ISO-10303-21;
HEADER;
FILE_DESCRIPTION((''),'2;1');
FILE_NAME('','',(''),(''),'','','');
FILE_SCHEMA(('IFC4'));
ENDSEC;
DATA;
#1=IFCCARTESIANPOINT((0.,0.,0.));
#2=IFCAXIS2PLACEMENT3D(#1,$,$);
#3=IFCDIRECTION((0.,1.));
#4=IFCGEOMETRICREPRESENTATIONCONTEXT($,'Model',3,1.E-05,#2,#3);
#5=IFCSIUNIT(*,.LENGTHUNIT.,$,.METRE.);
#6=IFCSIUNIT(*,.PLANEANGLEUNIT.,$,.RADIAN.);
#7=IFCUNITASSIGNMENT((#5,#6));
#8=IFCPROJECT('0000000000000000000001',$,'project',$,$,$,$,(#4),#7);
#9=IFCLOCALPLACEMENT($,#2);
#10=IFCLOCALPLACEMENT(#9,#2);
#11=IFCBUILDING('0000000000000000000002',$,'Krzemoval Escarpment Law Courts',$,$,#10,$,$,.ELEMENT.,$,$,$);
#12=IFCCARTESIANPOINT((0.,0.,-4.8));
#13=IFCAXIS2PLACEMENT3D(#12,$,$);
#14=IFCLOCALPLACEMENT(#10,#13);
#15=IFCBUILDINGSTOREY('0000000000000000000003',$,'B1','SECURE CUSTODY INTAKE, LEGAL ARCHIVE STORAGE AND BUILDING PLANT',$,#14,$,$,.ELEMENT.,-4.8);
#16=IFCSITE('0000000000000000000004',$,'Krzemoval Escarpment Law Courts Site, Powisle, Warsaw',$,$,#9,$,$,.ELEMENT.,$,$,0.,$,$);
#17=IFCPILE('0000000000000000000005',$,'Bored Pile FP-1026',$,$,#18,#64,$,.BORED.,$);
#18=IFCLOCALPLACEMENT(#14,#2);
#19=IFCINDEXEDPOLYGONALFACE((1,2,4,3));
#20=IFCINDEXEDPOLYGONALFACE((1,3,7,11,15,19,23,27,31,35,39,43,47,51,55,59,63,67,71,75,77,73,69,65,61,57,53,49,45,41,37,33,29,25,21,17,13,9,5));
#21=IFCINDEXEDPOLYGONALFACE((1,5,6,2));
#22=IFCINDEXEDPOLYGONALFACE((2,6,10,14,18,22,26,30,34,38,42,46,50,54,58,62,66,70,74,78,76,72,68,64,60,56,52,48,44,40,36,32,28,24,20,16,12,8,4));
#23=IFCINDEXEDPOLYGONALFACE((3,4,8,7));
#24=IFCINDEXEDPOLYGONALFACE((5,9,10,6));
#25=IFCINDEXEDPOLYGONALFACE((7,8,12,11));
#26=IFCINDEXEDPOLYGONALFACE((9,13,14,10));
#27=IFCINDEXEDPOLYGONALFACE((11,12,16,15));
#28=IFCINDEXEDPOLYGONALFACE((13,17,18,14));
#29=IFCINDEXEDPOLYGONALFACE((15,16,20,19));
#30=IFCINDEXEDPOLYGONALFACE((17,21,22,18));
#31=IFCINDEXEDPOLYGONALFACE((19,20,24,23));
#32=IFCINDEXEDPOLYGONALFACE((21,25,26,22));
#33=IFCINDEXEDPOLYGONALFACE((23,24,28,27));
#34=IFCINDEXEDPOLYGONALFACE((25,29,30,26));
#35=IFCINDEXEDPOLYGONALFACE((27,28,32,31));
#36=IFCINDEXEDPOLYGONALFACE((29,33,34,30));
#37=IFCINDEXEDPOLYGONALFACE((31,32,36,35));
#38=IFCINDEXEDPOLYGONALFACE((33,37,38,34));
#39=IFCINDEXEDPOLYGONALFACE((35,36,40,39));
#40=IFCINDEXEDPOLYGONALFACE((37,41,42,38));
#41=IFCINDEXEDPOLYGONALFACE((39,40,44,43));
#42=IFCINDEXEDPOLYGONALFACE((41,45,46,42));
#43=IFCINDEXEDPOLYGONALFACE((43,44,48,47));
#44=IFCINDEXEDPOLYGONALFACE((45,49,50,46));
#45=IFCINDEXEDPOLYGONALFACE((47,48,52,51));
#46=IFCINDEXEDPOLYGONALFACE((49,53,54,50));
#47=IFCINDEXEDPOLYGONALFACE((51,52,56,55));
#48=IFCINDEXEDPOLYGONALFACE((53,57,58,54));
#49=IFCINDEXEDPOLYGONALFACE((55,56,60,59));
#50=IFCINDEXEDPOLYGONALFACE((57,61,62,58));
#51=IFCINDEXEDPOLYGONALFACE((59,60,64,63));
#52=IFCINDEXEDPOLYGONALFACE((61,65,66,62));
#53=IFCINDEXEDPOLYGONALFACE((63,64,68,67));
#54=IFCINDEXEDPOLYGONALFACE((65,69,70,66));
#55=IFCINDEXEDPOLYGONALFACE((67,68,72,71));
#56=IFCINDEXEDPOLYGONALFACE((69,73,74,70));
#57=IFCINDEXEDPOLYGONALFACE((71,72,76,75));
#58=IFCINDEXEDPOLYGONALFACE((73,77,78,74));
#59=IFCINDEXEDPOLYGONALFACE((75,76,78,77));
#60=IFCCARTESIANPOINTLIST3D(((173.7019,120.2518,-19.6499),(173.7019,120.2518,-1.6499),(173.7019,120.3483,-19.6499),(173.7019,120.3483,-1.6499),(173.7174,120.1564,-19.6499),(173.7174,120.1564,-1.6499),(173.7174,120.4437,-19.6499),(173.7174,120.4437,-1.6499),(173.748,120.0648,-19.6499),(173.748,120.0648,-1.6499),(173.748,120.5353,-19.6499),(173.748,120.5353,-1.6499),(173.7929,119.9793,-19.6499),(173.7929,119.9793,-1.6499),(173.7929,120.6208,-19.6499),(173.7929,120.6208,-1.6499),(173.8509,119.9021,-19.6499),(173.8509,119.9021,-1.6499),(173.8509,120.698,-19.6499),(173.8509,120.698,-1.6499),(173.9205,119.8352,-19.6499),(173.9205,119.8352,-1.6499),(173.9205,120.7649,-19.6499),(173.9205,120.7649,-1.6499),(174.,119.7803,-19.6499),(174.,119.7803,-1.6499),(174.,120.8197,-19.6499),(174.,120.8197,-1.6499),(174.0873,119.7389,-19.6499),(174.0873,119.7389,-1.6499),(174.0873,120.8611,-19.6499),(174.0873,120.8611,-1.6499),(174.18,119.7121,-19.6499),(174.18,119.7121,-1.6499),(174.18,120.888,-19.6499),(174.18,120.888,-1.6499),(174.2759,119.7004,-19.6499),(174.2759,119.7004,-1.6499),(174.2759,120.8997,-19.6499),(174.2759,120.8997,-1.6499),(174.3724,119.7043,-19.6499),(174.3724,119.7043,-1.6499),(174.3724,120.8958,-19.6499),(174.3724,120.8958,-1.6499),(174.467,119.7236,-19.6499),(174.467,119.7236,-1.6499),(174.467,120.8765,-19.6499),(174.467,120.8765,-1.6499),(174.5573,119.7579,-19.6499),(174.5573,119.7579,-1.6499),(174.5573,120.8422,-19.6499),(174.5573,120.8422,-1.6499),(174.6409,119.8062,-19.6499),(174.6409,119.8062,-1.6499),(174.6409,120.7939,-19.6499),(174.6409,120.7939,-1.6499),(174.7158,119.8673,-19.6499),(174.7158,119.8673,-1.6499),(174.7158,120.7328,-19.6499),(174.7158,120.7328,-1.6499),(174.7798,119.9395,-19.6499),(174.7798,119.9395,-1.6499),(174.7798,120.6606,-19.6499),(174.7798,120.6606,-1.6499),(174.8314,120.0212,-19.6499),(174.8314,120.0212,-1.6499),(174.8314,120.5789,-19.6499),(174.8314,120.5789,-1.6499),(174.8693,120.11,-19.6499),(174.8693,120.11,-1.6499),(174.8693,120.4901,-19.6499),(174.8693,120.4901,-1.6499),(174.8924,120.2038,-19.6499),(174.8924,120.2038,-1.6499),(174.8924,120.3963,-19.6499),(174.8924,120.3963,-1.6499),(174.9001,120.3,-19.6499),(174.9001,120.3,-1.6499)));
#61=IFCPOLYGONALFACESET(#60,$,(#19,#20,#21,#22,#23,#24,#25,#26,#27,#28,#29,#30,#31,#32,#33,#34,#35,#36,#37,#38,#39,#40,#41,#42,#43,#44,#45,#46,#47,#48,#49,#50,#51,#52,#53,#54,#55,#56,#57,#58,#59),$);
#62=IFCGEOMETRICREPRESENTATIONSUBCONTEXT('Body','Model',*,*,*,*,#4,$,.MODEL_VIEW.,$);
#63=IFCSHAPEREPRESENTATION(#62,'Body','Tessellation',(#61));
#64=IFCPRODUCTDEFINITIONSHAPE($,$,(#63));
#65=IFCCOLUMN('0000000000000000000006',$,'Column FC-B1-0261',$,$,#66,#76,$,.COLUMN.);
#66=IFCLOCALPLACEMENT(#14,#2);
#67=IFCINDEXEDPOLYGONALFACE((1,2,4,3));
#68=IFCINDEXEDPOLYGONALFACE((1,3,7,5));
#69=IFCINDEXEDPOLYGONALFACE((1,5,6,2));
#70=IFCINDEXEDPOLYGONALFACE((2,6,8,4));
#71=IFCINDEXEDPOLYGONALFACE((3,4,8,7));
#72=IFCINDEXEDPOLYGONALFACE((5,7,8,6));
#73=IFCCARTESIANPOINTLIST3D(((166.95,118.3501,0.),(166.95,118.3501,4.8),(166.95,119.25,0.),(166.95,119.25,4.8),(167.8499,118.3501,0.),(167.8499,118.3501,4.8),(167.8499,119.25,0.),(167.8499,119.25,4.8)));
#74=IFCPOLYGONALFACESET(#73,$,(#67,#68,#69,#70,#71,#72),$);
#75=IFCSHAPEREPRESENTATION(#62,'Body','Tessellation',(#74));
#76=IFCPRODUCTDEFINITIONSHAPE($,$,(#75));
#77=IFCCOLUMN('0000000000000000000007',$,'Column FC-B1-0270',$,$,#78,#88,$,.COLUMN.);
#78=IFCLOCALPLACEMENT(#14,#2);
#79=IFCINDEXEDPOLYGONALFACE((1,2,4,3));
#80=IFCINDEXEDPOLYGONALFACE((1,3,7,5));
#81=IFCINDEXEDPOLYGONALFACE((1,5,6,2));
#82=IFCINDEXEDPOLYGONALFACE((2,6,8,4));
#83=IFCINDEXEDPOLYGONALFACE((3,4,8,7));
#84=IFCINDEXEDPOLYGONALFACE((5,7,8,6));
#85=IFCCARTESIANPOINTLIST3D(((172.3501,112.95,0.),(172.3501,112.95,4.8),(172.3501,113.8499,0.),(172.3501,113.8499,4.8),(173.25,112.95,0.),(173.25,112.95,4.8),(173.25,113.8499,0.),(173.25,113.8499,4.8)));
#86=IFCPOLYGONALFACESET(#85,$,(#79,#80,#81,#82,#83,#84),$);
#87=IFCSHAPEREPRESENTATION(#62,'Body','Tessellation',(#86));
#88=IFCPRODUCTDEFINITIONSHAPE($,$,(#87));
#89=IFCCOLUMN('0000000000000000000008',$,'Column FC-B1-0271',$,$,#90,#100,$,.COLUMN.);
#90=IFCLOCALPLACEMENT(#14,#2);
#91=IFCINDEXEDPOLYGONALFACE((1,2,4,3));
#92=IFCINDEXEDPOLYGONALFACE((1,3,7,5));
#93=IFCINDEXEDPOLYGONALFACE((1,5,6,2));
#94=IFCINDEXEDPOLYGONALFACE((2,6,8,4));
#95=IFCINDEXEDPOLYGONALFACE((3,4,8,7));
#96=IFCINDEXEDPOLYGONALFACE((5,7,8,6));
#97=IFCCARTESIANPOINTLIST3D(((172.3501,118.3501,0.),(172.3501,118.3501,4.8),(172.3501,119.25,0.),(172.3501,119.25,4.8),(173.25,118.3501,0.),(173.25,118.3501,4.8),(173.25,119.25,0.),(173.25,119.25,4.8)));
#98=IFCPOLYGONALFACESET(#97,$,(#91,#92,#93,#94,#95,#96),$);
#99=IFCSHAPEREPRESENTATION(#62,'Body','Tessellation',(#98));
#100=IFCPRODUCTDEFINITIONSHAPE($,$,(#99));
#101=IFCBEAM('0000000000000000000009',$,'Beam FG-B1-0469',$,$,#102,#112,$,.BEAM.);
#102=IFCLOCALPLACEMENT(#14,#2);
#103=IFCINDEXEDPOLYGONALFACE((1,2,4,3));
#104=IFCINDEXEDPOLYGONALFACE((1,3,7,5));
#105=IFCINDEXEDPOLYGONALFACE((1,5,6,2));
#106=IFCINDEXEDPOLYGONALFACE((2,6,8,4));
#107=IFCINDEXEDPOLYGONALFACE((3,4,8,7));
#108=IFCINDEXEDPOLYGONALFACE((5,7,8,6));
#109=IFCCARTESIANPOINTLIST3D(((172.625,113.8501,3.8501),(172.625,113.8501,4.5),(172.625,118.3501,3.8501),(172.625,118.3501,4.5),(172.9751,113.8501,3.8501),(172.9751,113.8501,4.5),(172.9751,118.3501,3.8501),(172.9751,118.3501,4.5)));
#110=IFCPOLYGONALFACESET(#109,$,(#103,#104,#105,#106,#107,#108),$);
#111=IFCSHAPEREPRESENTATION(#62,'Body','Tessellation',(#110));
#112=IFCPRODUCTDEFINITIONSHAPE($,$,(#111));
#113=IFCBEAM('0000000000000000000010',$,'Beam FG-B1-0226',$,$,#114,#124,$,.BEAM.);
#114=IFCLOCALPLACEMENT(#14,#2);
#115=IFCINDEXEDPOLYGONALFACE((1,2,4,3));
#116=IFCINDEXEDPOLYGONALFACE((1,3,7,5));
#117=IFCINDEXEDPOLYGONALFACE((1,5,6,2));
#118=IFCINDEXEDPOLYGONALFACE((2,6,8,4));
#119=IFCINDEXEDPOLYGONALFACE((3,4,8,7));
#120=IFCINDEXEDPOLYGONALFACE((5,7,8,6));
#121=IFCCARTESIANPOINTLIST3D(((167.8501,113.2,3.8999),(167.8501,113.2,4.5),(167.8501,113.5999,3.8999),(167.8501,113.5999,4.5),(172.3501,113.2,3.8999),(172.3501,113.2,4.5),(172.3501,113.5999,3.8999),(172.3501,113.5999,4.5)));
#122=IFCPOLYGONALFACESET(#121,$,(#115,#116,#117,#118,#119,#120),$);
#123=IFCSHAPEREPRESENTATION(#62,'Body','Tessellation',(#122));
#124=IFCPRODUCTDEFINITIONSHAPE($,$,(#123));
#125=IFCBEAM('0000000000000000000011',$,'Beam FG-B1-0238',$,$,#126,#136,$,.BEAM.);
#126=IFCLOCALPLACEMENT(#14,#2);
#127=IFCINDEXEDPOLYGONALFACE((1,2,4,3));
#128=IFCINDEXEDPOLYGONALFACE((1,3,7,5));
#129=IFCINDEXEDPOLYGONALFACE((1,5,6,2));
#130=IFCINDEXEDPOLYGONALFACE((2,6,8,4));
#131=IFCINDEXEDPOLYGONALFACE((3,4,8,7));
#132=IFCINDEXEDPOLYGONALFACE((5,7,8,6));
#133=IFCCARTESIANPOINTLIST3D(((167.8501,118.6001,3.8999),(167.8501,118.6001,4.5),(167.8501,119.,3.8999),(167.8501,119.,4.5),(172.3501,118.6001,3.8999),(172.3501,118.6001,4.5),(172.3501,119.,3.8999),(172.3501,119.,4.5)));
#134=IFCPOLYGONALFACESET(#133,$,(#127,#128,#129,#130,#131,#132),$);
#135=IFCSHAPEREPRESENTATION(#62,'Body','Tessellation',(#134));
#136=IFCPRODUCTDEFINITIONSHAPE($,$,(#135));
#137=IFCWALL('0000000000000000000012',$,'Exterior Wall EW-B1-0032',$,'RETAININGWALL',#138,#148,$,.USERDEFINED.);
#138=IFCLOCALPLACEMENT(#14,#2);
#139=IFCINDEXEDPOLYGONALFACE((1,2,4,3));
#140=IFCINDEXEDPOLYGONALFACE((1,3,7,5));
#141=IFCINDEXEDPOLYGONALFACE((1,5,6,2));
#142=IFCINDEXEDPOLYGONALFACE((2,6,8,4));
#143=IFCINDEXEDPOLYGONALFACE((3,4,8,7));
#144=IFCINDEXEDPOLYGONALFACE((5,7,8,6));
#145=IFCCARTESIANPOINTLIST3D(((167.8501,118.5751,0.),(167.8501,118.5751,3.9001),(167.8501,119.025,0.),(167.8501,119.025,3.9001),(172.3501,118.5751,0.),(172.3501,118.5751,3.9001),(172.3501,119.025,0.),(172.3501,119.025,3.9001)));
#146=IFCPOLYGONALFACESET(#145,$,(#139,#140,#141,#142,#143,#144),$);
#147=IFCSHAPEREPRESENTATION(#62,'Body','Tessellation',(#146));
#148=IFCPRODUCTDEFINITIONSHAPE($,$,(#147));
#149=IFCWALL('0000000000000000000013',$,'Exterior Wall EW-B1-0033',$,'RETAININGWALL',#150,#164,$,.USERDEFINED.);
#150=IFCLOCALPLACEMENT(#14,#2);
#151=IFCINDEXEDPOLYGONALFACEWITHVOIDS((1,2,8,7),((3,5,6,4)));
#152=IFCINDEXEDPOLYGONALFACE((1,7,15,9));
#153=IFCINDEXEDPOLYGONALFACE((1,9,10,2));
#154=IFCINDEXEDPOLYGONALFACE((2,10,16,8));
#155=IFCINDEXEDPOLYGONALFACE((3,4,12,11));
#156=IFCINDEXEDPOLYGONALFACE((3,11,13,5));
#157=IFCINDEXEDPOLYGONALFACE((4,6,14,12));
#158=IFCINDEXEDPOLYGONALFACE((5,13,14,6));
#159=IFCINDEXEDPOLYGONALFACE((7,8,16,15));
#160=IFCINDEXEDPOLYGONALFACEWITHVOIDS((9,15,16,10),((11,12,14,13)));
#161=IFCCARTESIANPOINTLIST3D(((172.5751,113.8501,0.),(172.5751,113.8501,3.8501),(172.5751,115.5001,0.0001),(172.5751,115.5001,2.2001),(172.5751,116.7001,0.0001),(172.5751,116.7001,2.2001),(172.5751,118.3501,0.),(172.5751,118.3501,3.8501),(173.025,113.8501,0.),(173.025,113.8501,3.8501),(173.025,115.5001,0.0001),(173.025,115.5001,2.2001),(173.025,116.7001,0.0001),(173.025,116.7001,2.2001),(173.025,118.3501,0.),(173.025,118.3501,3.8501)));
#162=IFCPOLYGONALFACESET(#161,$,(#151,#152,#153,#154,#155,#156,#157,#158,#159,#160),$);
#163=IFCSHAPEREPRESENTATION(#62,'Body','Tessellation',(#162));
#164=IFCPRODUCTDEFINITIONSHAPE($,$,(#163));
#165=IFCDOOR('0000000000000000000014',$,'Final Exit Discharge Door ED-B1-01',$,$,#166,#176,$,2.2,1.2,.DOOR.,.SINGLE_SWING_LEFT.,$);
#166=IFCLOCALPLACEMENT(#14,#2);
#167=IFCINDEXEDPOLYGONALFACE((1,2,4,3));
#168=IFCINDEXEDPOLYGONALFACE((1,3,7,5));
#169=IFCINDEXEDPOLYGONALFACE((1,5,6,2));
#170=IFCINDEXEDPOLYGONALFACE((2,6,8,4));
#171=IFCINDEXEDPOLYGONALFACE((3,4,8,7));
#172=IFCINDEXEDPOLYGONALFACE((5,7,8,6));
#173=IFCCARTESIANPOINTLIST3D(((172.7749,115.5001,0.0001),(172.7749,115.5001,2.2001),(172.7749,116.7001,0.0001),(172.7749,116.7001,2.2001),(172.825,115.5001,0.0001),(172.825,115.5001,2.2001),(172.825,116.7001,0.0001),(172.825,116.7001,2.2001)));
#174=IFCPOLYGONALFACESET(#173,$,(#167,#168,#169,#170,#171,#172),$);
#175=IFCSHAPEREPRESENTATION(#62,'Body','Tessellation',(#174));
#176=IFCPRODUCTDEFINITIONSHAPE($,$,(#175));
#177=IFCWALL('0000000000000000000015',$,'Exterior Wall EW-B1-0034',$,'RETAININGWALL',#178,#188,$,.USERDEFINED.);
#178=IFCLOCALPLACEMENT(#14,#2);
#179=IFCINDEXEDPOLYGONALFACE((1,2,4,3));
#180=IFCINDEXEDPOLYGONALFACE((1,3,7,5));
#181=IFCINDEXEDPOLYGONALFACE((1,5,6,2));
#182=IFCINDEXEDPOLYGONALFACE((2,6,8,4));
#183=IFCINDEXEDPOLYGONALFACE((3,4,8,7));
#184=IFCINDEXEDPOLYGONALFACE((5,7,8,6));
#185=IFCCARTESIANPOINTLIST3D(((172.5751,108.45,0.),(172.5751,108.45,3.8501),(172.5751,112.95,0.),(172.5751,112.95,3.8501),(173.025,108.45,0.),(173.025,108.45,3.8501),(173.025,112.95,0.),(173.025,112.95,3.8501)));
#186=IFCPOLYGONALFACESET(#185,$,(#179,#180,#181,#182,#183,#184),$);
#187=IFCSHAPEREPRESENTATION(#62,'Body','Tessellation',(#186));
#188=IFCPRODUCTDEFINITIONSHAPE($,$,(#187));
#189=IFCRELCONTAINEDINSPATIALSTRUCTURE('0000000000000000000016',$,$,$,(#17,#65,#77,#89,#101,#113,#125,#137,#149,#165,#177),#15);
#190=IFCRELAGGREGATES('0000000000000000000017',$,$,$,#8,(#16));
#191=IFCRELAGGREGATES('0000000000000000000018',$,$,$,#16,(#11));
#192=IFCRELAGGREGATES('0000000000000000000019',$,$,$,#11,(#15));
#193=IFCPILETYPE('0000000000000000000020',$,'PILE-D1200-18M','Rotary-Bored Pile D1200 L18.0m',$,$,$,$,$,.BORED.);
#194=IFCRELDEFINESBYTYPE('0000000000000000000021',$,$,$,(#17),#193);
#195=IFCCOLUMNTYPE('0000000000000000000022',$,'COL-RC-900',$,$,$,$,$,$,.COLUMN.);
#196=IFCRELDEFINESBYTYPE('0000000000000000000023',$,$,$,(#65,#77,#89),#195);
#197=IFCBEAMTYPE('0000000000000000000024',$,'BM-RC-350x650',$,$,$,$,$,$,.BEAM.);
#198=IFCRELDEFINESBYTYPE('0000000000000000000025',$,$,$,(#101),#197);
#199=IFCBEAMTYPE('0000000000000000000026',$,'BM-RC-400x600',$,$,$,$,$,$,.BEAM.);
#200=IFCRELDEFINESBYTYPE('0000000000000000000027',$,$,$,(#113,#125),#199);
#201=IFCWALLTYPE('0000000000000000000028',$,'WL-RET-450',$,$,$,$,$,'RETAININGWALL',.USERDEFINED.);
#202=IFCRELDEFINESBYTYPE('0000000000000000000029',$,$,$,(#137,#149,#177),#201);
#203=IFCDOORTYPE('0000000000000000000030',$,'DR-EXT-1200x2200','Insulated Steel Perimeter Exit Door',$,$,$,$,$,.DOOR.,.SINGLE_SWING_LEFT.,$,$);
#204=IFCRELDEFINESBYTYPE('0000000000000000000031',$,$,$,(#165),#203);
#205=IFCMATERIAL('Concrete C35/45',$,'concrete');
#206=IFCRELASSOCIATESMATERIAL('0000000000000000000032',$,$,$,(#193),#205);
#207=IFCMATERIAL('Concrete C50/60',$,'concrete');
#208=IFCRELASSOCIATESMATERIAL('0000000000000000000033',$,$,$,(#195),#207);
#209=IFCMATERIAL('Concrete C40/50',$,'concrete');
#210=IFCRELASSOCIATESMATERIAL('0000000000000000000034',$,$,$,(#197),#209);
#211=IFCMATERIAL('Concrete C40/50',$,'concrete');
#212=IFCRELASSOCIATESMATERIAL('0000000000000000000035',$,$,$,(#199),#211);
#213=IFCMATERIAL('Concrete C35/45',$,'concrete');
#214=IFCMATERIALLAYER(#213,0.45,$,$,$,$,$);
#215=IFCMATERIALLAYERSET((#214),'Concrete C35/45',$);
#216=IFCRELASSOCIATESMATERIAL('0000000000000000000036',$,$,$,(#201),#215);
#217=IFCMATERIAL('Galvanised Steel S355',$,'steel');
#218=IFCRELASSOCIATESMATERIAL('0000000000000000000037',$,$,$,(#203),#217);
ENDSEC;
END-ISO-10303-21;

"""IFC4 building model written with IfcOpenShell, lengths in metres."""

from ifc_helpers import new_model, si_unit, direction, frame, frame_2d, origin, origin_2d, place, context, subcontext, project, spatial, rectangle, circle, extrude, material, layer, layer_set, material_profile, profile_set, type_object, element, fill, save


model = new_model("IFC4")

# Units and contexts
model_context = context("Model", 3, precision=1e-05, world=origin(), true_north=direction((0.0, 1.0)))
body_context = subcontext(model_context, "Body", "Model", "MODEL_VIEW")
ifc_project = project(units=[si_unit("LENGTHUNIT", "METRE"), si_unit("PLANEANGLEUNIT", "RADIAN")], contexts=[model_context])

# Site, building, storey
site_placement = place(None, origin())
site = spatial("IfcSite", under=ifc_project, at=site_placement, Name="Krzemoval Escarpment Law Courts Site, Powisle, Warsaw", CompositionType="ELEMENT", RefElevation=0.0)
building_placement = place(site_placement, origin())
building = spatial("IfcBuilding", under=site, at=building_placement, Name="Krzemoval Escarpment Law Courts", CompositionType="ELEMENT")
storey_placement = place(building_placement, frame((0.0, 0.0, -4.8)))
storey = spatial("IfcBuildingStorey", under=building, at=storey_placement, Name="B1", Description="SECURE CUSTODY INTAKE, LEGAL ARCHIVE STORAGE AND BUILDING PLANT", CompositionType="ELEMENT", Elevation=-4.8)

# Pile
ifc_material_1 = material(Name="Concrete C35/45", Category="concrete")
ifc_material_profile_1 = material_profile(ifc_material_1, circle(Radius=0.6001, at=origin_2d()), Name="PILE D1200")
ifc_profile_set_1 = profile_set([ifc_material_profile_1], Name="Concrete C35/45")
pile_type = type_object("IfcPileType", Name="PILE-D1200-18M", Description="Rotary-Bored Pile D1200 L18.0m", PredefinedType="BORED", material=ifc_profile_set_1)
for number, where, z_axis, x_axis, name in (
    (1, (174.3, 120.3, -1.6499), (0.0, 0.0, -1.0), (1.0, 0.0, 0.0), "Bored Pile FP-1026"),
):
    element("IfcPile", number, at=place(storey_placement, frame(where, z_axis=z_axis, x_axis=x_axis)), inside=storey, type_object=pile_type, Name=name, PredefinedType="BORED", context=body_context, shape_type="SweptSolid", body=[
        extrude(circle(Radius=0.6001, at=origin_2d()), origin(), (0.0, 0.0, 1.0), 18.0),
    ])

# Columns
ifc_material_2 = material(Name="Concrete C50/60", Category="concrete")
ifc_material_profile_2 = material_profile(ifc_material_2, rectangle(XDim=0.8999, YDim=0.8999, at=origin_2d()), Name="RC 900x900")
ifc_profile_set_2 = profile_set([ifc_material_profile_2], Name="Concrete C50/60")
column_type = type_object("IfcColumnType", Name="COL-RC-900", PredefinedType="COLUMN", material=ifc_profile_set_2)
for number, where, z_axis, x_axis, name in (
    (2, (167.3999, 118.8, 0.0), (0.0, 0.0, 1.0), (1.0, 0.0, 0.0), "Column FC-B1-0261"),
    (3, (172.8, 113.3999, 0.0), (0.0, 0.0, 1.0), (1.0, 0.0, 0.0), "Column FC-B1-0270"),
    (4, (172.8, 118.8, 0.0), (0.0, 0.0, 1.0), (1.0, 0.0, 0.0), "Column FC-B1-0271"),
):
    element("IfcColumn", number, at=place(storey_placement, frame(where, z_axis=z_axis, x_axis=x_axis)), inside=storey, type_object=column_type, Name=name, PredefinedType="COLUMN", context=body_context, shape_type="SweptSolid", body=[
        extrude(rectangle(XDim=0.8999, YDim=0.8999, at=origin_2d()), origin(), (0.0, 0.0, 1.0), 4.8),
    ])

# Beams
ifc_material_3 = material(Name="Concrete C40/50", Category="concrete")
ifc_material_profile_3 = material_profile(ifc_material_3, rectangle(XDim=0.3501, YDim=0.6499, at=origin_2d()), Name="RCB 350x650")
ifc_profile_set_3 = profile_set([ifc_material_profile_3], Name="Concrete C40/50")
beam_type_1 = type_object("IfcBeamType", Name="BM-RC-350x650", PredefinedType="BEAM", material=ifc_profile_set_3)
beam_placement = place(storey_placement, frame((172.8, 113.8501, 4.175), z_axis=(0.0, 1.0, 0.0), x_axis=(-1.0, 0.0, 0.0)))
element("IfcBeam", 5, at=beam_placement, inside=storey, type_object=beam_type_1, Name="Beam FG-B1-0469", PredefinedType="BEAM", context=body_context, shape_type="SweptSolid", body=[
    extrude(rectangle(XDim=0.3501, YDim=0.6499, at=origin_2d()), origin(), (0.0, 0.0, 1.0), 4.5),
])
ifc_material_4 = material(Name="Concrete C40/50", Category="concrete")
ifc_material_profile_4 = material_profile(ifc_material_4, rectangle(XDim=0.3999, YDim=0.6001, at=origin_2d()), Name="RCB 400x600")
ifc_profile_set_4 = profile_set([ifc_material_profile_4], Name="Concrete C40/50")
beam_type_2 = type_object("IfcBeamType", Name="BM-RC-400x600", PredefinedType="BEAM", material=ifc_profile_set_4)
for number, where, z_axis, x_axis, name in (
    (6, (167.8501, 113.3999, 4.2), (1.0, 0.0, 0.0), (0.0, 1.0, 0.0), "Beam FG-B1-0226"),
    (7, (167.8501, 118.8, 4.2), (1.0, 0.0, 0.0), (0.0, 1.0, 0.0), "Beam FG-B1-0238"),
):
    element("IfcBeam", number, at=place(storey_placement, frame(where, z_axis=z_axis, x_axis=x_axis)), inside=storey, type_object=beam_type_2, Name=name, PredefinedType="BEAM", context=body_context, shape_type="SweptSolid", body=[
        extrude(rectangle(XDim=0.3999, YDim=0.6001, at=origin_2d()), origin(), (0.0, 0.0, 1.0), 4.5),
    ])

# Wall
ifc_material_5 = material(Name="Concrete C35/45", Category="concrete")
ifc_layer = layer(ifc_material_5, 0.45)
ifc_layer_set = layer_set([ifc_layer], Name="Concrete C35/45")
wall_type = type_object("IfcWallType", Name="WL-RET-450", ElementType="RETAININGWALL", PredefinedType="USERDEFINED", material=ifc_layer_set)
wall_1_placement = place(storey_placement, frame((167.8501, 118.8, 0.0), z_axis=(0.0, 0.0, 1.0), x_axis=(1.0, 0.0, 0.0)))
element("IfcWall", 8, at=wall_1_placement, inside=storey, type_object=wall_type, Name="Exterior Wall EW-B1-0032", ObjectType="RETAININGWALL", PredefinedType="USERDEFINED", context=body_context, shape_type="SweptSolid", body=[
    extrude(rectangle(XDim=4.5, YDim=0.45, at=frame_2d((2.25, 0.0))), origin(), (0.0, 0.0, 1.0), 3.9001),
])

# Wall, opening, door
wall_2_placement = place(storey_placement, frame((172.8, 118.3501, 0.0), z_axis=(0.0, 0.0, 1.0), x_axis=(0.0, -1.0, 0.0)))
wall_2 = element("IfcWall", 9, at=wall_2_placement, inside=storey, type_object=wall_type, Name="Exterior Wall EW-B1-0033", ObjectType="RETAININGWALL", PredefinedType="USERDEFINED", context=body_context, shape_type="SweptSolid", body=[
    extrude(rectangle(XDim=4.5, YDim=0.45, at=frame_2d((2.25, 0.0))), origin(), (0.0, 0.0, 1.0), 3.8501),
])
opening_placement = place(wall_2_placement, frame((1.6499, 0.0, 0.0)))
opening = element("IfcOpeningElement", 10, at=opening_placement, cuts=wall_2, PredefinedType="OPENING", context=body_context, shape_type="SweptSolid", body=[
    extrude(rectangle(XDim=1.2, YDim=2.2, at=frame_2d((0.6001, 1.1001))), frame((0.0, 0.24, 0.0), z_axis=(0.0, -1.0, 0.0), x_axis=(1.0, 0.0, 0.0)), (0.0, 0.0, 1.0), 0.4799),
])
ifc_material_6 = material(Name="Galvanised Steel S355", Category="steel")
door_type = type_object("IfcDoorType", Name="DR-EXT-1200x2200", Description="Insulated Steel Perimeter Exit Door", OperationType="SINGLE_SWING_LEFT", PredefinedType="DOOR", material=ifc_material_6)
door_placement = place(opening_placement, origin())
door = element("IfcDoor", 11, at=door_placement, inside=storey, type_object=door_type, Name="Final Exit Discharge Door ED-B1-01", OperationType="SINGLE_SWING_LEFT", OverallHeight=2.2, OverallWidth=1.2, PredefinedType="DOOR", context=body_context, shape_type="SweptSolid", body=[
    extrude(rectangle(XDim=1.2, YDim=2.2, at=frame_2d((0.6001, 1.1001))), frame((0.0, 0.0249, 0.0), z_axis=(0.0, -1.0, 0.0), x_axis=(1.0, 0.0, 0.0)), (0.0, 0.0, 1.0), 0.05),
])
fill(opening, door)

# Wall
wall_3_placement = place(storey_placement, frame((172.8, 112.95, 0.0), z_axis=(0.0, 0.0, 1.0), x_axis=(0.0, -1.0, 0.0)))
element("IfcWall", 12, at=wall_3_placement, inside=storey, type_object=wall_type, Name="Exterior Wall EW-B1-0034", ObjectType="RETAININGWALL", PredefinedType="USERDEFINED", context=body_context, shape_type="SweptSolid", body=[
    extrude(rectangle(XDim=4.5, YDim=0.45, at=frame_2d((2.25, 0.0))), origin(), (0.0, 0.0, 1.0), 3.8501),
])

save(model, "model.ifc")
